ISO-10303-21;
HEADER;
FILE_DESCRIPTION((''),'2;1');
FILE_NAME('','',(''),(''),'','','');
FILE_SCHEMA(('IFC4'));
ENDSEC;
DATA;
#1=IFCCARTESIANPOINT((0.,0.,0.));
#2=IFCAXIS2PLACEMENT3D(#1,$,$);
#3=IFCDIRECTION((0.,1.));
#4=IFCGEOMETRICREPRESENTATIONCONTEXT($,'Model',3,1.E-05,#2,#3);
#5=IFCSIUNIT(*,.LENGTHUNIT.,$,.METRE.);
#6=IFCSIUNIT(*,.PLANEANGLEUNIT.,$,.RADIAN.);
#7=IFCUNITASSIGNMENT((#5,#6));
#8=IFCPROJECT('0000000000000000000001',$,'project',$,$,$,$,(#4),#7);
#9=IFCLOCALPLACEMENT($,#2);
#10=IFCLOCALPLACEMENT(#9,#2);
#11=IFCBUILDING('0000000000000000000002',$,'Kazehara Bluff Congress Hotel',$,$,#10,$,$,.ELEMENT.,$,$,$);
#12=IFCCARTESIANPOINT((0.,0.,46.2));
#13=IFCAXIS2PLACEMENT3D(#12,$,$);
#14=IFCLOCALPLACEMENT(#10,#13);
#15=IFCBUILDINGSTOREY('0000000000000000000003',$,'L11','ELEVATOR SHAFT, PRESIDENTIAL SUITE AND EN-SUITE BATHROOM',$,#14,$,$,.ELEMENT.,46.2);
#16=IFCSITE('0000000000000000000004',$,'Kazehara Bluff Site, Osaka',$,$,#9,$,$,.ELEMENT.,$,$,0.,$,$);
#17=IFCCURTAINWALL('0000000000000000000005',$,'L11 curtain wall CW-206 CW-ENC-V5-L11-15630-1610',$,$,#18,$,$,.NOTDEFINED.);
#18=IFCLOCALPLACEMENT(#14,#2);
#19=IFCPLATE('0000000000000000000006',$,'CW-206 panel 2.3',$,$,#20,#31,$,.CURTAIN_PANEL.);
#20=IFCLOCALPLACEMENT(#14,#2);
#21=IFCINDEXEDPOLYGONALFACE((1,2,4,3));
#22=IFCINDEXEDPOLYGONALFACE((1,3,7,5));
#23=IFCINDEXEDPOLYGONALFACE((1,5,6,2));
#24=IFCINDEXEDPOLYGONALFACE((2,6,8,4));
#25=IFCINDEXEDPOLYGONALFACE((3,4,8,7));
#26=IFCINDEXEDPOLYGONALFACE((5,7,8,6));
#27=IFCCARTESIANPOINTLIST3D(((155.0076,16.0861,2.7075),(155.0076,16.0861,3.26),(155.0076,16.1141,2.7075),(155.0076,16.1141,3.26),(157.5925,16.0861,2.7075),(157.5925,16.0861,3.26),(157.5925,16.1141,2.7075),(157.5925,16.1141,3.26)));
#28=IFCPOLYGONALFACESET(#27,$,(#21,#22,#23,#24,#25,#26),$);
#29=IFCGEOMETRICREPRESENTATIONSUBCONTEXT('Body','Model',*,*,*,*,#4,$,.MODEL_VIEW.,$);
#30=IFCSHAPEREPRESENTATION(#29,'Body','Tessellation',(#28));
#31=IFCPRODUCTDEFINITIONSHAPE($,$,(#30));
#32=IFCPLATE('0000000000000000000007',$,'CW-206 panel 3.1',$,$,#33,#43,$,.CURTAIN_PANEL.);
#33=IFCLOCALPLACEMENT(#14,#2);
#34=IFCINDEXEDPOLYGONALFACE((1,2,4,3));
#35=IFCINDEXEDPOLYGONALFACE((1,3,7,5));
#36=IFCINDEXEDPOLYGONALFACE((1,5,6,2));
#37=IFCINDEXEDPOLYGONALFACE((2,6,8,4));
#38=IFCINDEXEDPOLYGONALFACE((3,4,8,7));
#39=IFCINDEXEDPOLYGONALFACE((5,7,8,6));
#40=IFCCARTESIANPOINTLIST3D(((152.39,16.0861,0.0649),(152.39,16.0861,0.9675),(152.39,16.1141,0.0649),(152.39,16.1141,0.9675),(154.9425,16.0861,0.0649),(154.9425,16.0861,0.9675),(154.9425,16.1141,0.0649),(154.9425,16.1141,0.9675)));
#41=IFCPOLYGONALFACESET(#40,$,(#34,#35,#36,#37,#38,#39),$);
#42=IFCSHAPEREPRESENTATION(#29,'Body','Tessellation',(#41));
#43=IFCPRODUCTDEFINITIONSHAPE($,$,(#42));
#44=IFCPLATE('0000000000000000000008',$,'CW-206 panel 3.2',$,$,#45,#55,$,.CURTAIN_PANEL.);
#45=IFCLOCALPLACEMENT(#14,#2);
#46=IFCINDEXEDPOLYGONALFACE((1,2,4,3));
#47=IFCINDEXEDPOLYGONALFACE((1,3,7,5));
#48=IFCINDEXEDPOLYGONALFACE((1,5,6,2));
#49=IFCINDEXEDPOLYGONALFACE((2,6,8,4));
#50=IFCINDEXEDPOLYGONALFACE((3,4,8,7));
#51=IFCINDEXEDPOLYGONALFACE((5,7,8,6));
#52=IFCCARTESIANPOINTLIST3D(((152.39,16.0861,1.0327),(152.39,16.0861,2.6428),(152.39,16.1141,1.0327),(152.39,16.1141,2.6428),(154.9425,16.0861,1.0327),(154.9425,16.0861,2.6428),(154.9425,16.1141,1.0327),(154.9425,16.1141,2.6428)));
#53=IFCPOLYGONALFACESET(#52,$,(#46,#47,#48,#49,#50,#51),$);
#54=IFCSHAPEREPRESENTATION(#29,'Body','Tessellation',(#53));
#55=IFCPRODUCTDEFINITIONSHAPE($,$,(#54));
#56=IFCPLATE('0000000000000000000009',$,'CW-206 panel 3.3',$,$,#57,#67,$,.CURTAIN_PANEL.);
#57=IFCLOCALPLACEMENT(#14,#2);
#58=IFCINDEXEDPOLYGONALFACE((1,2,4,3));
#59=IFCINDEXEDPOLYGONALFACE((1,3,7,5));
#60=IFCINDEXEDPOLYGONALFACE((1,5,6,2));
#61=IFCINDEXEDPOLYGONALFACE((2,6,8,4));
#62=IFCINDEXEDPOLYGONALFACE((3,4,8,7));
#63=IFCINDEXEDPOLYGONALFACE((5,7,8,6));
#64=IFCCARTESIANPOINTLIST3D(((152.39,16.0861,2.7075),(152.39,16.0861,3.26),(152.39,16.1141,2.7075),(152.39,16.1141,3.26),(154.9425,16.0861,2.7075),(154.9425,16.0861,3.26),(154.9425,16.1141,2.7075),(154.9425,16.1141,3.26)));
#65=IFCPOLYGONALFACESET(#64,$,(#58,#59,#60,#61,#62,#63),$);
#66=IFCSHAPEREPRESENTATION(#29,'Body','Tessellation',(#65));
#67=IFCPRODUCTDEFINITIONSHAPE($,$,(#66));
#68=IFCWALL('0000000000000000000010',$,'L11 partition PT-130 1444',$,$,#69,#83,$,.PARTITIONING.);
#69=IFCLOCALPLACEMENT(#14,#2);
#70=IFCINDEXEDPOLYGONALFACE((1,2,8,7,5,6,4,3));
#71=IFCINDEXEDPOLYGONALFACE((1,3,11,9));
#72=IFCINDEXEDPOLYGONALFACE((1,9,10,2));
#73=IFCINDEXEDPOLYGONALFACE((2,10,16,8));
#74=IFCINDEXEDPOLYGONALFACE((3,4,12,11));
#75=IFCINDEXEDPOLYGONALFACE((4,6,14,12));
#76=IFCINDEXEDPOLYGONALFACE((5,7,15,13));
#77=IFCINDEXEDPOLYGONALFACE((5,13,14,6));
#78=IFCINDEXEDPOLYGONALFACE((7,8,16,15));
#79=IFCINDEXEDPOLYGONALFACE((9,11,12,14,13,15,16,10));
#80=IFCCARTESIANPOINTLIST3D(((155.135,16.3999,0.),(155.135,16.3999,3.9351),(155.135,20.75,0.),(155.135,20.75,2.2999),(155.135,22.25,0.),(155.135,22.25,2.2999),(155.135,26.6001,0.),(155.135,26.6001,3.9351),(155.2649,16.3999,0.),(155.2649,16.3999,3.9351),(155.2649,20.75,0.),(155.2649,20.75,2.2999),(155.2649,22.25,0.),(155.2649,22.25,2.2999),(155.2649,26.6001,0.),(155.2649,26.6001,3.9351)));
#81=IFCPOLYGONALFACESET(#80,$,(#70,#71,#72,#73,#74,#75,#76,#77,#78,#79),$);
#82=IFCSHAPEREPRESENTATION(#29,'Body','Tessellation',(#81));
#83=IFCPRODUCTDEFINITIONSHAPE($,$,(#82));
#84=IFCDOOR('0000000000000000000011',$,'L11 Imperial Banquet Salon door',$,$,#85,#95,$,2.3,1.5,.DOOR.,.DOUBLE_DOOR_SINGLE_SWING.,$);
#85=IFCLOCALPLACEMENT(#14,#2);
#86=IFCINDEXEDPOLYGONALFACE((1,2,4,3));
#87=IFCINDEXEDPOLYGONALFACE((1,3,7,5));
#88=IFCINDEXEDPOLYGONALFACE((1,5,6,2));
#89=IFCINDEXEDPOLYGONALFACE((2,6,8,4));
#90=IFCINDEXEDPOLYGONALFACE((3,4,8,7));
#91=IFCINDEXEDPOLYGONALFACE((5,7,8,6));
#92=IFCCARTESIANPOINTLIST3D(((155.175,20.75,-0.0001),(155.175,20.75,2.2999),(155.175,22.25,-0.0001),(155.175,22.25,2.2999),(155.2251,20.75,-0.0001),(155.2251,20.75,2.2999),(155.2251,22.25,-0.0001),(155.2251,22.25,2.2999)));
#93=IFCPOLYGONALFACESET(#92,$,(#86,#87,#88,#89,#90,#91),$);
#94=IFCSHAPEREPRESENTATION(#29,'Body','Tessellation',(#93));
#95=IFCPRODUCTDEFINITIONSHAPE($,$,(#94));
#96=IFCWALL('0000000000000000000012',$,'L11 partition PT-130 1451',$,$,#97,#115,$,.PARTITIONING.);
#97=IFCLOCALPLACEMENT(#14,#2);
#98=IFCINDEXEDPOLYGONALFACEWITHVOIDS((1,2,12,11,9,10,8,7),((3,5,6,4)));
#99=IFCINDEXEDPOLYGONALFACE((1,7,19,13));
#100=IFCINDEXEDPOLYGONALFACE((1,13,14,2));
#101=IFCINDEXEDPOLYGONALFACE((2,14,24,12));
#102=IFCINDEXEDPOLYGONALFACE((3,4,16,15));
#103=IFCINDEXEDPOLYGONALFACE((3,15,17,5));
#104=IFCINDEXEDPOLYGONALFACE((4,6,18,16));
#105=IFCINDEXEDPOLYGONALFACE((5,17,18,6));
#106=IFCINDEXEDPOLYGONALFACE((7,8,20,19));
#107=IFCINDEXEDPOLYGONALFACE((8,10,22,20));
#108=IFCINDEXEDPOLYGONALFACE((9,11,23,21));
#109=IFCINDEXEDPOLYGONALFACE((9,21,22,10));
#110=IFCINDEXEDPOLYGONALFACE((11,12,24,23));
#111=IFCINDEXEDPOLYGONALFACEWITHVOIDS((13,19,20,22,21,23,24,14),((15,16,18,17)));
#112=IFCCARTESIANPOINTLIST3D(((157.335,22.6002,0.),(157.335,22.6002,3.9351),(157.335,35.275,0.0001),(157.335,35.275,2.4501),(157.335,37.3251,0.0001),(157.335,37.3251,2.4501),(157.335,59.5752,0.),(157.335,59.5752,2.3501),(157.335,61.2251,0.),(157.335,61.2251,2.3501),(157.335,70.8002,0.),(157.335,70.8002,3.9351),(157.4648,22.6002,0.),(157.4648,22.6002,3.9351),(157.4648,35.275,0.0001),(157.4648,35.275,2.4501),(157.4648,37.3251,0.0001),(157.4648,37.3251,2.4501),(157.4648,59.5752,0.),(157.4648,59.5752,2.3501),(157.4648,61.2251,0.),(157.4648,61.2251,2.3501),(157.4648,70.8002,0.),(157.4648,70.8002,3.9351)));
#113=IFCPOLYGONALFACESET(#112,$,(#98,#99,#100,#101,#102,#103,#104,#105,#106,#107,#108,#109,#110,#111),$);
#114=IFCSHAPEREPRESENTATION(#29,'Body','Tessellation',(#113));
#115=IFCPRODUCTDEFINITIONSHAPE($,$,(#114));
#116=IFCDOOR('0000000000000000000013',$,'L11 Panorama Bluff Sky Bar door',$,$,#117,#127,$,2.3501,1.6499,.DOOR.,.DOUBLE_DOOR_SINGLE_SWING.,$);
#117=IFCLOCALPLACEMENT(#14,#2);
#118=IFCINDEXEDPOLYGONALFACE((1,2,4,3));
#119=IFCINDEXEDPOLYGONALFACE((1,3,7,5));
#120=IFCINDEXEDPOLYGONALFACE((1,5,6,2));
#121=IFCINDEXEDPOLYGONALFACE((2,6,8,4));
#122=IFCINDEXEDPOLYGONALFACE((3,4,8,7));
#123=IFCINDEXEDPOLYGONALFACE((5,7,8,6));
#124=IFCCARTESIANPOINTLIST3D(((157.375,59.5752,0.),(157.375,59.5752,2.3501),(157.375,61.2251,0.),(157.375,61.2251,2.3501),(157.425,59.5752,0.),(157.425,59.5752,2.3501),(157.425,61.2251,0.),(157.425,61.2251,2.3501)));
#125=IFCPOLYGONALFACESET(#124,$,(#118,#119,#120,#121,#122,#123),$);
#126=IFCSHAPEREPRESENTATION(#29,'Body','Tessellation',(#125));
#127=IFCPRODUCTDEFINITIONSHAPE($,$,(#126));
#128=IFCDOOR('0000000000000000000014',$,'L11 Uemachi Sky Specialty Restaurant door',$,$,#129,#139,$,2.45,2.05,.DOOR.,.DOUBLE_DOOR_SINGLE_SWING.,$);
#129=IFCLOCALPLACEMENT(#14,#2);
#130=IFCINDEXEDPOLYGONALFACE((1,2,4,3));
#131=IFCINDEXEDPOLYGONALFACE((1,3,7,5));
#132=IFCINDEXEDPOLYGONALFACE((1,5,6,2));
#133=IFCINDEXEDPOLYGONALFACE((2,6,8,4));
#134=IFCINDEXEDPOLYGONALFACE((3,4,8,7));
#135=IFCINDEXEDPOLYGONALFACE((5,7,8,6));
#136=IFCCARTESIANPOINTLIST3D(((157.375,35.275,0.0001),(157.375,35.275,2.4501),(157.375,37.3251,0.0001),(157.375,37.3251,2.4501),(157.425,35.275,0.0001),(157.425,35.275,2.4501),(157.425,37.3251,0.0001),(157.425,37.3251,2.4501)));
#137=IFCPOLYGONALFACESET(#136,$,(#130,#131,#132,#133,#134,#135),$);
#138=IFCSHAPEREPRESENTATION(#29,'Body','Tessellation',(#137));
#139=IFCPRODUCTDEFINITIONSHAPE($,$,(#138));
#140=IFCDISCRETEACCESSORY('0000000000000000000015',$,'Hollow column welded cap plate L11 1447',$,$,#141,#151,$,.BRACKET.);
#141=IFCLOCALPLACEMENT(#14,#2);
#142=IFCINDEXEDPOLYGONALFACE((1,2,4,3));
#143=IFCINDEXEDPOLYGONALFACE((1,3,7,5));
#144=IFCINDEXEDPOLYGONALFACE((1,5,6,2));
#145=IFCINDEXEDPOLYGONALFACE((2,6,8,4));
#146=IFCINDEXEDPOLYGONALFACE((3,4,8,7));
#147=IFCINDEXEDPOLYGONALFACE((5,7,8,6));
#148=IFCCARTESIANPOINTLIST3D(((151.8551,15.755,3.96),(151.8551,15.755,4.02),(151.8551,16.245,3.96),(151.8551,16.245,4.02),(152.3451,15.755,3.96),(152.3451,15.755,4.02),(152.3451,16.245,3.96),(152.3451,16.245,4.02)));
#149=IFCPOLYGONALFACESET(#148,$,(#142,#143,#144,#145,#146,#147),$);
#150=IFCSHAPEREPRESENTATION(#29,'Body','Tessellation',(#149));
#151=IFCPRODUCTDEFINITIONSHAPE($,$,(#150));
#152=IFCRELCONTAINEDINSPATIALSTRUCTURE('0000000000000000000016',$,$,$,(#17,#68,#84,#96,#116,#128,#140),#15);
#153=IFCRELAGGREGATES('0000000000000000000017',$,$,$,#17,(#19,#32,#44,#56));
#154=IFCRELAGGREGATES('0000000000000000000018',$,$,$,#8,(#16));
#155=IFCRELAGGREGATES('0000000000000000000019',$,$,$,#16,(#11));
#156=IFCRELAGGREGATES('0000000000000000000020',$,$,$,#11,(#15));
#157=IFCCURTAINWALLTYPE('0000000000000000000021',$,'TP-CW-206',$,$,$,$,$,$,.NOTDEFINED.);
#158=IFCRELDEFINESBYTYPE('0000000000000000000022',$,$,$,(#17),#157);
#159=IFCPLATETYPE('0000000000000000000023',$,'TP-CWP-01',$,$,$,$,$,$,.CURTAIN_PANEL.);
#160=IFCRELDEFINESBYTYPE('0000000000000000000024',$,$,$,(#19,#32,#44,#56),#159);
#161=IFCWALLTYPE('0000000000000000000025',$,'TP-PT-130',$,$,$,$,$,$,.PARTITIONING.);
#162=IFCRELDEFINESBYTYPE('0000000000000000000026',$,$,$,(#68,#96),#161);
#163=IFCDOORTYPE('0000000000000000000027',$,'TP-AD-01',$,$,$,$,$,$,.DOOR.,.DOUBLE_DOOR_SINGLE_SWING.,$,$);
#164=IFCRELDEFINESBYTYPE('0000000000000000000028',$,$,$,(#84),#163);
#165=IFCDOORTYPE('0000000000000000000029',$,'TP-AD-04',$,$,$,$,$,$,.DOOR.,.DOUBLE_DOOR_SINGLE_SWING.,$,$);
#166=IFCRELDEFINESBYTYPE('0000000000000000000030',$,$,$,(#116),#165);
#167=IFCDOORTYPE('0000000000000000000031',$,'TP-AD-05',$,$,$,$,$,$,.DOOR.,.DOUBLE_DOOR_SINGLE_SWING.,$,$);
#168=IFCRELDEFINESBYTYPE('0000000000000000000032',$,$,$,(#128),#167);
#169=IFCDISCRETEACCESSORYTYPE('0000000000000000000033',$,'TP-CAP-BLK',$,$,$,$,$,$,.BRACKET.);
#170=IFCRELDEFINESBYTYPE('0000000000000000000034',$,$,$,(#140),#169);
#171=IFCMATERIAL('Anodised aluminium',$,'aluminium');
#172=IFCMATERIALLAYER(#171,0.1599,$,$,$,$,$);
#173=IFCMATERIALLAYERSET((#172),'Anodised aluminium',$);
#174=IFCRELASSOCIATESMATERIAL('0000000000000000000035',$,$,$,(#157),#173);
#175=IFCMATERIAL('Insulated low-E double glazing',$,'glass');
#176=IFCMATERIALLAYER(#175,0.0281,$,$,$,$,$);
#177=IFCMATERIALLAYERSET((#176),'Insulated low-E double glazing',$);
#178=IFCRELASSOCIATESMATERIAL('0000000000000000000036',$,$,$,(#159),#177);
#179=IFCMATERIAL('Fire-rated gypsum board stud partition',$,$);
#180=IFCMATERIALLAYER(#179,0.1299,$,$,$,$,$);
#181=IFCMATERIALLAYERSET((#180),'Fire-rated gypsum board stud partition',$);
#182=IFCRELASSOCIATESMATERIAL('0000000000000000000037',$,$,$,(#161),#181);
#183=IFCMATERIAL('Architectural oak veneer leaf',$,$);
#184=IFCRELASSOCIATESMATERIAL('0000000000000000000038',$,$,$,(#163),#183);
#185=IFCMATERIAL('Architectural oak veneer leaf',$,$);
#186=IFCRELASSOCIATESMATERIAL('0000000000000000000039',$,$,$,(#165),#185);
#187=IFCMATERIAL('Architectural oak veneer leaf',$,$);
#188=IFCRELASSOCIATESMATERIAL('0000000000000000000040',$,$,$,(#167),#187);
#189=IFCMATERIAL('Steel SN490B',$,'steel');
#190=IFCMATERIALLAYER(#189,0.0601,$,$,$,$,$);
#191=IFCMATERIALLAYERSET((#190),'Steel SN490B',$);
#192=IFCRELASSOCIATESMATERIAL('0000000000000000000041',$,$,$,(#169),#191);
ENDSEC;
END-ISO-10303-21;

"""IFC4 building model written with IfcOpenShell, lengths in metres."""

from ifc_helpers import new_model, si_unit, direction, frame, frame_2d, origin, origin_2d, place, context, subcontext, project, spatial, rectangle, extrude, material, layer, layer_set, type_object, element, fill, aggregate, save


model = new_model("IFC4")

# Units and contexts
model_context = context("Model", 3, precision=1e-05, world=origin(), true_north=direction((0.0, 1.0)))
body_context = subcontext(model_context, "Body", "Model", "MODEL_VIEW")
ifc_project = project(units=[si_unit("LENGTHUNIT", "METRE"), si_unit("PLANEANGLEUNIT", "RADIAN")], contexts=[model_context])

# Site, building, storey
site_placement = place(None, origin())
site = spatial("IfcSite", under=ifc_project, at=site_placement, Name="Kazehara Bluff Site, Osaka", CompositionType="ELEMENT", RefElevation=0.0)
building_placement = place(site_placement, origin())
building = spatial("IfcBuilding", under=site, at=building_placement, Name="Kazehara Bluff Congress Hotel", CompositionType="ELEMENT")
storey_placement = place(building_placement, frame((0.0, 0.0, 46.2)))
storey = spatial("IfcBuildingStorey", under=building, at=storey_placement, Name="L11", Description="ELEVATOR SHAFT, PRESIDENTIAL SUITE AND EN-SUITE BATHROOM", CompositionType="ELEMENT", Elevation=46.2)

# Shared definitions
ifc_material_1 = material(Name="Anodised aluminium", Category="aluminium")
ifc_layer_1 = layer(ifc_material_1, 0.1599)
ifc_layer_set_1 = layer_set([ifc_layer_1], Name="Anodised aluminium")
curtain_wall_type = type_object("IfcCurtainWallType", Name="TP-CW-206", PredefinedType="NOTDEFINED", material=ifc_layer_set_1)

# Curtain wall
curtain_wall_1_placement = place(storey_placement, origin())
curtain_wall_1 = element("IfcCurtainWall", 1, at=curtain_wall_1_placement, inside=storey, type_object=curtain_wall_type, Name="L11 curtain wall CW-206 CW-ENC-V5-L11-15630-1610", PredefinedType="NOTDEFINED")

# Plates
ifc_material_2 = material(Name="Insulated low-E double glazing", Category="glass")
ifc_layer_2 = layer(ifc_material_2, 0.0281)
ifc_layer_set_2 = layer_set([ifc_layer_2], Name="Insulated low-E double glazing")
plate_type = type_object("IfcPlateType", Name="TP-CWP-01", PredefinedType="CURTAIN_PANEL", material=ifc_layer_set_2)
plate_1_placement = place(storey_placement, frame((156.3, 16.1001, 2.7075), z_axis=(0.0, 0.0, 1.0), x_axis=(-1.0, 0.0, 0.0)))
plate_1 = element("IfcPlate", 2, at=plate_1_placement, type_object=plate_type, Name="CW-206 panel 2.3", PredefinedType="CURTAIN_PANEL", context=body_context, shape_type="SweptSolid", body=[
    extrude(rectangle(XDim=2.585, YDim=0.0281, at=origin_2d()), origin(), (0.0, 0.0, 1.0), 0.5525),
])
plate_2_placement = place(storey_placement, frame((153.6663, 16.1001, 0.0649), z_axis=(0.0, 0.0, 1.0), x_axis=(-1.0, 0.0, 0.0)))
plate_2 = element("IfcPlate", 3, at=plate_2_placement, type_object=plate_type, Name="CW-206 panel 3.1", PredefinedType="CURTAIN_PANEL", context=body_context, shape_type="SweptSolid", body=[
    extrude(rectangle(XDim=2.5525, YDim=0.0281, at=origin_2d()), origin(), (0.0, 0.0, 1.0), 0.9026),
])
plate_3_placement = place(storey_placement, frame((153.6663, 16.1001, 1.0327), z_axis=(0.0, 0.0, 1.0), x_axis=(-1.0, 0.0, 0.0)))
plate_3 = element("IfcPlate", 4, at=plate_3_placement, type_object=plate_type, Name="CW-206 panel 3.2", PredefinedType="CURTAIN_PANEL", context=body_context, shape_type="SweptSolid", body=[
    extrude(rectangle(XDim=2.5525, YDim=0.0281, at=origin_2d()), origin(), (0.0, 0.0, 1.0), 1.6101),
])
plate_4_placement = place(storey_placement, frame((153.6663, 16.1001, 2.7075), z_axis=(0.0, 0.0, 1.0), x_axis=(-1.0, 0.0, 0.0)))
plate_4 = element("IfcPlate", 5, at=plate_4_placement, type_object=plate_type, Name="CW-206 panel 3.3", PredefinedType="CURTAIN_PANEL", context=body_context, shape_type="SweptSolid", body=[
    extrude(rectangle(XDim=2.5525, YDim=0.0281, at=origin_2d()), origin(), (0.0, 0.0, 1.0), 0.5525),
])
aggregate(curtain_wall_1, [plate_1, plate_2, plate_3, plate_4])

# Wall, opening, door
ifc_material_3 = material(Name="Fire-rated gypsum board stud partition")
ifc_layer_3 = layer(ifc_material_3, 0.1299)
ifc_layer_set_3 = layer_set([ifc_layer_3], Name="Fire-rated gypsum board stud partition")
wall_type = type_object("IfcWallType", Name="TP-PT-130", PredefinedType="PARTITIONING", material=ifc_layer_set_3)
wall_1_placement = place(storey_placement, frame((155.2, 16.3999, 0.0), z_axis=(0.0, 0.0, 1.0), x_axis=(0.0, 1.0, 0.0)))
wall_1 = element("IfcWall", 6, at=wall_1_placement, inside=storey, type_object=wall_type, Name="L11 partition PT-130 1444", PredefinedType="PARTITIONING", context=body_context, shape_type="SweptSolid", body=[
    extrude(rectangle(XDim=10.2002, YDim=0.1299, at=frame_2d((5.1001, 0.0))), origin(), (0.0, 0.0, 1.0), 3.9351),
])
opening_1_placement = place(wall_1_placement, frame((4.3501, 0.0, 0.0)))
opening_1 = element("IfcOpeningElement", 7, at=opening_1_placement, cuts=wall_1, PredefinedType="OPENING", context=body_context, shape_type="SweptSolid", body=[
    extrude(rectangle(XDim=1.5, YDim=2.3, at=frame_2d((0.75, 1.1499))), frame((0.0, 0.075, 0.0), z_axis=(0.0, -1.0, 0.0), x_axis=(1.0, 0.0, 0.0)), (0.0, 0.0, 1.0), 0.1499),
])
ifc_material_4 = material(Name="Architectural oak veneer leaf")
door_type_1 = type_object("IfcDoorType", Name="TP-AD-01", OperationType="DOUBLE_DOOR_SINGLE_SWING", PredefinedType="DOOR", material=ifc_material_4)
door_1_placement = place(opening_1_placement, origin())
door_1 = element("IfcDoor", 8, at=door_1_placement, inside=storey, type_object=door_type_1, Name="L11 Imperial Banquet Salon door", OperationType="DOUBLE_DOOR_SINGLE_SWING", OverallHeight=2.3, OverallWidth=1.5, PredefinedType="DOOR", context=body_context, shape_type="SweptSolid", body=[
    extrude(rectangle(XDim=1.5, YDim=2.3, at=frame_2d((0.75, 1.1499))), frame((0.0, 0.0249, 0.0), z_axis=(0.0, -1.0, 0.0), x_axis=(1.0, 0.0, 0.0)), (0.0, 0.0, 1.0), 0.05),
])
fill(opening_1, door_1)

# Wall, openings, doors
wall_2_placement = place(storey_placement, frame((157.3999, 22.6001, 0.0), z_axis=(0.0, 0.0, 1.0), x_axis=(0.0, 1.0, 0.0)))
wall_2 = element("IfcWall", 9, at=wall_2_placement, inside=storey, type_object=wall_type, Name="L11 partition PT-130 1451", PredefinedType="PARTITIONING", context=body_context, shape_type="SweptSolid", body=[
    extrude(rectangle(XDim=48.2, YDim=0.1299, at=frame_2d((24.1001, 0.0))), origin(), (0.0, 0.0, 1.0), 3.9351),
])
opening_2_placement = place(wall_2_placement, frame((12.675, 0.0, 0.0)))
opening_2 = element("IfcOpeningElement", 10, at=opening_2_placement, cuts=wall_2, PredefinedType="OPENING", context=body_context, shape_type="SweptSolid", body=[
    extrude(rectangle(XDim=2.05, YDim=2.45, at=frame_2d((1.0249, 1.2251))), frame((0.0, 0.075, 0.0), z_axis=(0.0, -1.0, 0.0), x_axis=(1.0, 0.0, 0.0)), (0.0, 0.0, 1.0), 0.1499),
])
opening_3_placement = place(wall_2_placement, frame((36.9751, 0.0, 0.0)))
opening_3 = element("IfcOpeningElement", 11, at=opening_3_placement, cuts=wall_2, PredefinedType="OPENING", context=body_context, shape_type="SweptSolid", body=[
    extrude(rectangle(XDim=1.6499, YDim=2.3501, at=frame_2d((0.825, 1.175))), frame((0.0, 0.075, 0.0), z_axis=(0.0, -1.0, 0.0), x_axis=(1.0, 0.0, 0.0)), (0.0, 0.0, 1.0), 0.1499),
])
ifc_material_5 = material(Name="Architectural oak veneer leaf")
door_type_2 = type_object("IfcDoorType", Name="TP-AD-04", OperationType="DOUBLE_DOOR_SINGLE_SWING", PredefinedType="DOOR", material=ifc_material_5)
door_2_placement = place(opening_3_placement, origin())
door_2 = element("IfcDoor", 12, at=door_2_placement, inside=storey, type_object=door_type_2, Name="L11 Panorama Bluff Sky Bar door", OperationType="DOUBLE_DOOR_SINGLE_SWING", OverallHeight=2.3501, OverallWidth=1.6499, PredefinedType="DOOR", context=body_context, shape_type="SweptSolid", body=[
    extrude(rectangle(XDim=1.6499, YDim=2.3501, at=frame_2d((0.825, 1.175))), frame((0.0, 0.0249, 0.0), z_axis=(0.0, -1.0, 0.0), x_axis=(1.0, 0.0, 0.0)), (0.0, 0.0, 1.0), 0.05),
])
fill(opening_3, door_2)
ifc_material_6 = material(Name="Architectural oak veneer leaf")
door_type_3 = type_object("IfcDoorType", Name="TP-AD-05", OperationType="DOUBLE_DOOR_SINGLE_SWING", PredefinedType="DOOR", material=ifc_material_6)
door_3_placement = place(opening_2_placement, origin())
door_3 = element("IfcDoor", 13, at=door_3_placement, inside=storey, type_object=door_type_3, Name="L11 Uemachi Sky Specialty Restaurant door", OperationType="DOUBLE_DOOR_SINGLE_SWING", OverallHeight=2.45, OverallWidth=2.05, PredefinedType="DOOR", context=body_context, shape_type="SweptSolid", body=[
    extrude(rectangle(XDim=2.05, YDim=2.45, at=frame_2d((1.0249, 1.2251))), frame((0.0, 0.0249, 0.0), z_axis=(0.0, -1.0, 0.0), x_axis=(1.0, 0.0, 0.0)), (0.0, 0.0, 1.0), 0.05),
])
fill(opening_2, door_3)

# Discrete accessory
ifc_material_7 = material(Name="Steel SN490B", Category="steel")
ifc_layer_4 = layer(ifc_material_7, 0.0601)
ifc_layer_set_4 = layer_set([ifc_layer_4], Name="Steel SN490B")
discrete_accessory_type = type_object("IfcDiscreteAccessoryType", Name="TP-CAP-BLK", PredefinedType="BRACKET", material=ifc_layer_set_4)
discrete_accessory_placement = place(storey_placement, frame((152.1001, 16.0, 3.96), z_axis=(0.0, 0.0, 1.0), x_axis=(1.0, 0.0, 0.0)))
element("IfcDiscreteAccessory", 14, at=discrete_accessory_placement, inside=storey, type_object=discrete_accessory_type, Name="Hollow column welded cap plate L11 1447", PredefinedType="BRACKET", context=body_context, shape_type="SweptSolid", body=[
    extrude(rectangle(XDim=0.49, YDim=0.49, at=origin_2d()), origin(), (0.0, 0.0, 1.0), 0.0601),
])

save(model, "model.ifc")
